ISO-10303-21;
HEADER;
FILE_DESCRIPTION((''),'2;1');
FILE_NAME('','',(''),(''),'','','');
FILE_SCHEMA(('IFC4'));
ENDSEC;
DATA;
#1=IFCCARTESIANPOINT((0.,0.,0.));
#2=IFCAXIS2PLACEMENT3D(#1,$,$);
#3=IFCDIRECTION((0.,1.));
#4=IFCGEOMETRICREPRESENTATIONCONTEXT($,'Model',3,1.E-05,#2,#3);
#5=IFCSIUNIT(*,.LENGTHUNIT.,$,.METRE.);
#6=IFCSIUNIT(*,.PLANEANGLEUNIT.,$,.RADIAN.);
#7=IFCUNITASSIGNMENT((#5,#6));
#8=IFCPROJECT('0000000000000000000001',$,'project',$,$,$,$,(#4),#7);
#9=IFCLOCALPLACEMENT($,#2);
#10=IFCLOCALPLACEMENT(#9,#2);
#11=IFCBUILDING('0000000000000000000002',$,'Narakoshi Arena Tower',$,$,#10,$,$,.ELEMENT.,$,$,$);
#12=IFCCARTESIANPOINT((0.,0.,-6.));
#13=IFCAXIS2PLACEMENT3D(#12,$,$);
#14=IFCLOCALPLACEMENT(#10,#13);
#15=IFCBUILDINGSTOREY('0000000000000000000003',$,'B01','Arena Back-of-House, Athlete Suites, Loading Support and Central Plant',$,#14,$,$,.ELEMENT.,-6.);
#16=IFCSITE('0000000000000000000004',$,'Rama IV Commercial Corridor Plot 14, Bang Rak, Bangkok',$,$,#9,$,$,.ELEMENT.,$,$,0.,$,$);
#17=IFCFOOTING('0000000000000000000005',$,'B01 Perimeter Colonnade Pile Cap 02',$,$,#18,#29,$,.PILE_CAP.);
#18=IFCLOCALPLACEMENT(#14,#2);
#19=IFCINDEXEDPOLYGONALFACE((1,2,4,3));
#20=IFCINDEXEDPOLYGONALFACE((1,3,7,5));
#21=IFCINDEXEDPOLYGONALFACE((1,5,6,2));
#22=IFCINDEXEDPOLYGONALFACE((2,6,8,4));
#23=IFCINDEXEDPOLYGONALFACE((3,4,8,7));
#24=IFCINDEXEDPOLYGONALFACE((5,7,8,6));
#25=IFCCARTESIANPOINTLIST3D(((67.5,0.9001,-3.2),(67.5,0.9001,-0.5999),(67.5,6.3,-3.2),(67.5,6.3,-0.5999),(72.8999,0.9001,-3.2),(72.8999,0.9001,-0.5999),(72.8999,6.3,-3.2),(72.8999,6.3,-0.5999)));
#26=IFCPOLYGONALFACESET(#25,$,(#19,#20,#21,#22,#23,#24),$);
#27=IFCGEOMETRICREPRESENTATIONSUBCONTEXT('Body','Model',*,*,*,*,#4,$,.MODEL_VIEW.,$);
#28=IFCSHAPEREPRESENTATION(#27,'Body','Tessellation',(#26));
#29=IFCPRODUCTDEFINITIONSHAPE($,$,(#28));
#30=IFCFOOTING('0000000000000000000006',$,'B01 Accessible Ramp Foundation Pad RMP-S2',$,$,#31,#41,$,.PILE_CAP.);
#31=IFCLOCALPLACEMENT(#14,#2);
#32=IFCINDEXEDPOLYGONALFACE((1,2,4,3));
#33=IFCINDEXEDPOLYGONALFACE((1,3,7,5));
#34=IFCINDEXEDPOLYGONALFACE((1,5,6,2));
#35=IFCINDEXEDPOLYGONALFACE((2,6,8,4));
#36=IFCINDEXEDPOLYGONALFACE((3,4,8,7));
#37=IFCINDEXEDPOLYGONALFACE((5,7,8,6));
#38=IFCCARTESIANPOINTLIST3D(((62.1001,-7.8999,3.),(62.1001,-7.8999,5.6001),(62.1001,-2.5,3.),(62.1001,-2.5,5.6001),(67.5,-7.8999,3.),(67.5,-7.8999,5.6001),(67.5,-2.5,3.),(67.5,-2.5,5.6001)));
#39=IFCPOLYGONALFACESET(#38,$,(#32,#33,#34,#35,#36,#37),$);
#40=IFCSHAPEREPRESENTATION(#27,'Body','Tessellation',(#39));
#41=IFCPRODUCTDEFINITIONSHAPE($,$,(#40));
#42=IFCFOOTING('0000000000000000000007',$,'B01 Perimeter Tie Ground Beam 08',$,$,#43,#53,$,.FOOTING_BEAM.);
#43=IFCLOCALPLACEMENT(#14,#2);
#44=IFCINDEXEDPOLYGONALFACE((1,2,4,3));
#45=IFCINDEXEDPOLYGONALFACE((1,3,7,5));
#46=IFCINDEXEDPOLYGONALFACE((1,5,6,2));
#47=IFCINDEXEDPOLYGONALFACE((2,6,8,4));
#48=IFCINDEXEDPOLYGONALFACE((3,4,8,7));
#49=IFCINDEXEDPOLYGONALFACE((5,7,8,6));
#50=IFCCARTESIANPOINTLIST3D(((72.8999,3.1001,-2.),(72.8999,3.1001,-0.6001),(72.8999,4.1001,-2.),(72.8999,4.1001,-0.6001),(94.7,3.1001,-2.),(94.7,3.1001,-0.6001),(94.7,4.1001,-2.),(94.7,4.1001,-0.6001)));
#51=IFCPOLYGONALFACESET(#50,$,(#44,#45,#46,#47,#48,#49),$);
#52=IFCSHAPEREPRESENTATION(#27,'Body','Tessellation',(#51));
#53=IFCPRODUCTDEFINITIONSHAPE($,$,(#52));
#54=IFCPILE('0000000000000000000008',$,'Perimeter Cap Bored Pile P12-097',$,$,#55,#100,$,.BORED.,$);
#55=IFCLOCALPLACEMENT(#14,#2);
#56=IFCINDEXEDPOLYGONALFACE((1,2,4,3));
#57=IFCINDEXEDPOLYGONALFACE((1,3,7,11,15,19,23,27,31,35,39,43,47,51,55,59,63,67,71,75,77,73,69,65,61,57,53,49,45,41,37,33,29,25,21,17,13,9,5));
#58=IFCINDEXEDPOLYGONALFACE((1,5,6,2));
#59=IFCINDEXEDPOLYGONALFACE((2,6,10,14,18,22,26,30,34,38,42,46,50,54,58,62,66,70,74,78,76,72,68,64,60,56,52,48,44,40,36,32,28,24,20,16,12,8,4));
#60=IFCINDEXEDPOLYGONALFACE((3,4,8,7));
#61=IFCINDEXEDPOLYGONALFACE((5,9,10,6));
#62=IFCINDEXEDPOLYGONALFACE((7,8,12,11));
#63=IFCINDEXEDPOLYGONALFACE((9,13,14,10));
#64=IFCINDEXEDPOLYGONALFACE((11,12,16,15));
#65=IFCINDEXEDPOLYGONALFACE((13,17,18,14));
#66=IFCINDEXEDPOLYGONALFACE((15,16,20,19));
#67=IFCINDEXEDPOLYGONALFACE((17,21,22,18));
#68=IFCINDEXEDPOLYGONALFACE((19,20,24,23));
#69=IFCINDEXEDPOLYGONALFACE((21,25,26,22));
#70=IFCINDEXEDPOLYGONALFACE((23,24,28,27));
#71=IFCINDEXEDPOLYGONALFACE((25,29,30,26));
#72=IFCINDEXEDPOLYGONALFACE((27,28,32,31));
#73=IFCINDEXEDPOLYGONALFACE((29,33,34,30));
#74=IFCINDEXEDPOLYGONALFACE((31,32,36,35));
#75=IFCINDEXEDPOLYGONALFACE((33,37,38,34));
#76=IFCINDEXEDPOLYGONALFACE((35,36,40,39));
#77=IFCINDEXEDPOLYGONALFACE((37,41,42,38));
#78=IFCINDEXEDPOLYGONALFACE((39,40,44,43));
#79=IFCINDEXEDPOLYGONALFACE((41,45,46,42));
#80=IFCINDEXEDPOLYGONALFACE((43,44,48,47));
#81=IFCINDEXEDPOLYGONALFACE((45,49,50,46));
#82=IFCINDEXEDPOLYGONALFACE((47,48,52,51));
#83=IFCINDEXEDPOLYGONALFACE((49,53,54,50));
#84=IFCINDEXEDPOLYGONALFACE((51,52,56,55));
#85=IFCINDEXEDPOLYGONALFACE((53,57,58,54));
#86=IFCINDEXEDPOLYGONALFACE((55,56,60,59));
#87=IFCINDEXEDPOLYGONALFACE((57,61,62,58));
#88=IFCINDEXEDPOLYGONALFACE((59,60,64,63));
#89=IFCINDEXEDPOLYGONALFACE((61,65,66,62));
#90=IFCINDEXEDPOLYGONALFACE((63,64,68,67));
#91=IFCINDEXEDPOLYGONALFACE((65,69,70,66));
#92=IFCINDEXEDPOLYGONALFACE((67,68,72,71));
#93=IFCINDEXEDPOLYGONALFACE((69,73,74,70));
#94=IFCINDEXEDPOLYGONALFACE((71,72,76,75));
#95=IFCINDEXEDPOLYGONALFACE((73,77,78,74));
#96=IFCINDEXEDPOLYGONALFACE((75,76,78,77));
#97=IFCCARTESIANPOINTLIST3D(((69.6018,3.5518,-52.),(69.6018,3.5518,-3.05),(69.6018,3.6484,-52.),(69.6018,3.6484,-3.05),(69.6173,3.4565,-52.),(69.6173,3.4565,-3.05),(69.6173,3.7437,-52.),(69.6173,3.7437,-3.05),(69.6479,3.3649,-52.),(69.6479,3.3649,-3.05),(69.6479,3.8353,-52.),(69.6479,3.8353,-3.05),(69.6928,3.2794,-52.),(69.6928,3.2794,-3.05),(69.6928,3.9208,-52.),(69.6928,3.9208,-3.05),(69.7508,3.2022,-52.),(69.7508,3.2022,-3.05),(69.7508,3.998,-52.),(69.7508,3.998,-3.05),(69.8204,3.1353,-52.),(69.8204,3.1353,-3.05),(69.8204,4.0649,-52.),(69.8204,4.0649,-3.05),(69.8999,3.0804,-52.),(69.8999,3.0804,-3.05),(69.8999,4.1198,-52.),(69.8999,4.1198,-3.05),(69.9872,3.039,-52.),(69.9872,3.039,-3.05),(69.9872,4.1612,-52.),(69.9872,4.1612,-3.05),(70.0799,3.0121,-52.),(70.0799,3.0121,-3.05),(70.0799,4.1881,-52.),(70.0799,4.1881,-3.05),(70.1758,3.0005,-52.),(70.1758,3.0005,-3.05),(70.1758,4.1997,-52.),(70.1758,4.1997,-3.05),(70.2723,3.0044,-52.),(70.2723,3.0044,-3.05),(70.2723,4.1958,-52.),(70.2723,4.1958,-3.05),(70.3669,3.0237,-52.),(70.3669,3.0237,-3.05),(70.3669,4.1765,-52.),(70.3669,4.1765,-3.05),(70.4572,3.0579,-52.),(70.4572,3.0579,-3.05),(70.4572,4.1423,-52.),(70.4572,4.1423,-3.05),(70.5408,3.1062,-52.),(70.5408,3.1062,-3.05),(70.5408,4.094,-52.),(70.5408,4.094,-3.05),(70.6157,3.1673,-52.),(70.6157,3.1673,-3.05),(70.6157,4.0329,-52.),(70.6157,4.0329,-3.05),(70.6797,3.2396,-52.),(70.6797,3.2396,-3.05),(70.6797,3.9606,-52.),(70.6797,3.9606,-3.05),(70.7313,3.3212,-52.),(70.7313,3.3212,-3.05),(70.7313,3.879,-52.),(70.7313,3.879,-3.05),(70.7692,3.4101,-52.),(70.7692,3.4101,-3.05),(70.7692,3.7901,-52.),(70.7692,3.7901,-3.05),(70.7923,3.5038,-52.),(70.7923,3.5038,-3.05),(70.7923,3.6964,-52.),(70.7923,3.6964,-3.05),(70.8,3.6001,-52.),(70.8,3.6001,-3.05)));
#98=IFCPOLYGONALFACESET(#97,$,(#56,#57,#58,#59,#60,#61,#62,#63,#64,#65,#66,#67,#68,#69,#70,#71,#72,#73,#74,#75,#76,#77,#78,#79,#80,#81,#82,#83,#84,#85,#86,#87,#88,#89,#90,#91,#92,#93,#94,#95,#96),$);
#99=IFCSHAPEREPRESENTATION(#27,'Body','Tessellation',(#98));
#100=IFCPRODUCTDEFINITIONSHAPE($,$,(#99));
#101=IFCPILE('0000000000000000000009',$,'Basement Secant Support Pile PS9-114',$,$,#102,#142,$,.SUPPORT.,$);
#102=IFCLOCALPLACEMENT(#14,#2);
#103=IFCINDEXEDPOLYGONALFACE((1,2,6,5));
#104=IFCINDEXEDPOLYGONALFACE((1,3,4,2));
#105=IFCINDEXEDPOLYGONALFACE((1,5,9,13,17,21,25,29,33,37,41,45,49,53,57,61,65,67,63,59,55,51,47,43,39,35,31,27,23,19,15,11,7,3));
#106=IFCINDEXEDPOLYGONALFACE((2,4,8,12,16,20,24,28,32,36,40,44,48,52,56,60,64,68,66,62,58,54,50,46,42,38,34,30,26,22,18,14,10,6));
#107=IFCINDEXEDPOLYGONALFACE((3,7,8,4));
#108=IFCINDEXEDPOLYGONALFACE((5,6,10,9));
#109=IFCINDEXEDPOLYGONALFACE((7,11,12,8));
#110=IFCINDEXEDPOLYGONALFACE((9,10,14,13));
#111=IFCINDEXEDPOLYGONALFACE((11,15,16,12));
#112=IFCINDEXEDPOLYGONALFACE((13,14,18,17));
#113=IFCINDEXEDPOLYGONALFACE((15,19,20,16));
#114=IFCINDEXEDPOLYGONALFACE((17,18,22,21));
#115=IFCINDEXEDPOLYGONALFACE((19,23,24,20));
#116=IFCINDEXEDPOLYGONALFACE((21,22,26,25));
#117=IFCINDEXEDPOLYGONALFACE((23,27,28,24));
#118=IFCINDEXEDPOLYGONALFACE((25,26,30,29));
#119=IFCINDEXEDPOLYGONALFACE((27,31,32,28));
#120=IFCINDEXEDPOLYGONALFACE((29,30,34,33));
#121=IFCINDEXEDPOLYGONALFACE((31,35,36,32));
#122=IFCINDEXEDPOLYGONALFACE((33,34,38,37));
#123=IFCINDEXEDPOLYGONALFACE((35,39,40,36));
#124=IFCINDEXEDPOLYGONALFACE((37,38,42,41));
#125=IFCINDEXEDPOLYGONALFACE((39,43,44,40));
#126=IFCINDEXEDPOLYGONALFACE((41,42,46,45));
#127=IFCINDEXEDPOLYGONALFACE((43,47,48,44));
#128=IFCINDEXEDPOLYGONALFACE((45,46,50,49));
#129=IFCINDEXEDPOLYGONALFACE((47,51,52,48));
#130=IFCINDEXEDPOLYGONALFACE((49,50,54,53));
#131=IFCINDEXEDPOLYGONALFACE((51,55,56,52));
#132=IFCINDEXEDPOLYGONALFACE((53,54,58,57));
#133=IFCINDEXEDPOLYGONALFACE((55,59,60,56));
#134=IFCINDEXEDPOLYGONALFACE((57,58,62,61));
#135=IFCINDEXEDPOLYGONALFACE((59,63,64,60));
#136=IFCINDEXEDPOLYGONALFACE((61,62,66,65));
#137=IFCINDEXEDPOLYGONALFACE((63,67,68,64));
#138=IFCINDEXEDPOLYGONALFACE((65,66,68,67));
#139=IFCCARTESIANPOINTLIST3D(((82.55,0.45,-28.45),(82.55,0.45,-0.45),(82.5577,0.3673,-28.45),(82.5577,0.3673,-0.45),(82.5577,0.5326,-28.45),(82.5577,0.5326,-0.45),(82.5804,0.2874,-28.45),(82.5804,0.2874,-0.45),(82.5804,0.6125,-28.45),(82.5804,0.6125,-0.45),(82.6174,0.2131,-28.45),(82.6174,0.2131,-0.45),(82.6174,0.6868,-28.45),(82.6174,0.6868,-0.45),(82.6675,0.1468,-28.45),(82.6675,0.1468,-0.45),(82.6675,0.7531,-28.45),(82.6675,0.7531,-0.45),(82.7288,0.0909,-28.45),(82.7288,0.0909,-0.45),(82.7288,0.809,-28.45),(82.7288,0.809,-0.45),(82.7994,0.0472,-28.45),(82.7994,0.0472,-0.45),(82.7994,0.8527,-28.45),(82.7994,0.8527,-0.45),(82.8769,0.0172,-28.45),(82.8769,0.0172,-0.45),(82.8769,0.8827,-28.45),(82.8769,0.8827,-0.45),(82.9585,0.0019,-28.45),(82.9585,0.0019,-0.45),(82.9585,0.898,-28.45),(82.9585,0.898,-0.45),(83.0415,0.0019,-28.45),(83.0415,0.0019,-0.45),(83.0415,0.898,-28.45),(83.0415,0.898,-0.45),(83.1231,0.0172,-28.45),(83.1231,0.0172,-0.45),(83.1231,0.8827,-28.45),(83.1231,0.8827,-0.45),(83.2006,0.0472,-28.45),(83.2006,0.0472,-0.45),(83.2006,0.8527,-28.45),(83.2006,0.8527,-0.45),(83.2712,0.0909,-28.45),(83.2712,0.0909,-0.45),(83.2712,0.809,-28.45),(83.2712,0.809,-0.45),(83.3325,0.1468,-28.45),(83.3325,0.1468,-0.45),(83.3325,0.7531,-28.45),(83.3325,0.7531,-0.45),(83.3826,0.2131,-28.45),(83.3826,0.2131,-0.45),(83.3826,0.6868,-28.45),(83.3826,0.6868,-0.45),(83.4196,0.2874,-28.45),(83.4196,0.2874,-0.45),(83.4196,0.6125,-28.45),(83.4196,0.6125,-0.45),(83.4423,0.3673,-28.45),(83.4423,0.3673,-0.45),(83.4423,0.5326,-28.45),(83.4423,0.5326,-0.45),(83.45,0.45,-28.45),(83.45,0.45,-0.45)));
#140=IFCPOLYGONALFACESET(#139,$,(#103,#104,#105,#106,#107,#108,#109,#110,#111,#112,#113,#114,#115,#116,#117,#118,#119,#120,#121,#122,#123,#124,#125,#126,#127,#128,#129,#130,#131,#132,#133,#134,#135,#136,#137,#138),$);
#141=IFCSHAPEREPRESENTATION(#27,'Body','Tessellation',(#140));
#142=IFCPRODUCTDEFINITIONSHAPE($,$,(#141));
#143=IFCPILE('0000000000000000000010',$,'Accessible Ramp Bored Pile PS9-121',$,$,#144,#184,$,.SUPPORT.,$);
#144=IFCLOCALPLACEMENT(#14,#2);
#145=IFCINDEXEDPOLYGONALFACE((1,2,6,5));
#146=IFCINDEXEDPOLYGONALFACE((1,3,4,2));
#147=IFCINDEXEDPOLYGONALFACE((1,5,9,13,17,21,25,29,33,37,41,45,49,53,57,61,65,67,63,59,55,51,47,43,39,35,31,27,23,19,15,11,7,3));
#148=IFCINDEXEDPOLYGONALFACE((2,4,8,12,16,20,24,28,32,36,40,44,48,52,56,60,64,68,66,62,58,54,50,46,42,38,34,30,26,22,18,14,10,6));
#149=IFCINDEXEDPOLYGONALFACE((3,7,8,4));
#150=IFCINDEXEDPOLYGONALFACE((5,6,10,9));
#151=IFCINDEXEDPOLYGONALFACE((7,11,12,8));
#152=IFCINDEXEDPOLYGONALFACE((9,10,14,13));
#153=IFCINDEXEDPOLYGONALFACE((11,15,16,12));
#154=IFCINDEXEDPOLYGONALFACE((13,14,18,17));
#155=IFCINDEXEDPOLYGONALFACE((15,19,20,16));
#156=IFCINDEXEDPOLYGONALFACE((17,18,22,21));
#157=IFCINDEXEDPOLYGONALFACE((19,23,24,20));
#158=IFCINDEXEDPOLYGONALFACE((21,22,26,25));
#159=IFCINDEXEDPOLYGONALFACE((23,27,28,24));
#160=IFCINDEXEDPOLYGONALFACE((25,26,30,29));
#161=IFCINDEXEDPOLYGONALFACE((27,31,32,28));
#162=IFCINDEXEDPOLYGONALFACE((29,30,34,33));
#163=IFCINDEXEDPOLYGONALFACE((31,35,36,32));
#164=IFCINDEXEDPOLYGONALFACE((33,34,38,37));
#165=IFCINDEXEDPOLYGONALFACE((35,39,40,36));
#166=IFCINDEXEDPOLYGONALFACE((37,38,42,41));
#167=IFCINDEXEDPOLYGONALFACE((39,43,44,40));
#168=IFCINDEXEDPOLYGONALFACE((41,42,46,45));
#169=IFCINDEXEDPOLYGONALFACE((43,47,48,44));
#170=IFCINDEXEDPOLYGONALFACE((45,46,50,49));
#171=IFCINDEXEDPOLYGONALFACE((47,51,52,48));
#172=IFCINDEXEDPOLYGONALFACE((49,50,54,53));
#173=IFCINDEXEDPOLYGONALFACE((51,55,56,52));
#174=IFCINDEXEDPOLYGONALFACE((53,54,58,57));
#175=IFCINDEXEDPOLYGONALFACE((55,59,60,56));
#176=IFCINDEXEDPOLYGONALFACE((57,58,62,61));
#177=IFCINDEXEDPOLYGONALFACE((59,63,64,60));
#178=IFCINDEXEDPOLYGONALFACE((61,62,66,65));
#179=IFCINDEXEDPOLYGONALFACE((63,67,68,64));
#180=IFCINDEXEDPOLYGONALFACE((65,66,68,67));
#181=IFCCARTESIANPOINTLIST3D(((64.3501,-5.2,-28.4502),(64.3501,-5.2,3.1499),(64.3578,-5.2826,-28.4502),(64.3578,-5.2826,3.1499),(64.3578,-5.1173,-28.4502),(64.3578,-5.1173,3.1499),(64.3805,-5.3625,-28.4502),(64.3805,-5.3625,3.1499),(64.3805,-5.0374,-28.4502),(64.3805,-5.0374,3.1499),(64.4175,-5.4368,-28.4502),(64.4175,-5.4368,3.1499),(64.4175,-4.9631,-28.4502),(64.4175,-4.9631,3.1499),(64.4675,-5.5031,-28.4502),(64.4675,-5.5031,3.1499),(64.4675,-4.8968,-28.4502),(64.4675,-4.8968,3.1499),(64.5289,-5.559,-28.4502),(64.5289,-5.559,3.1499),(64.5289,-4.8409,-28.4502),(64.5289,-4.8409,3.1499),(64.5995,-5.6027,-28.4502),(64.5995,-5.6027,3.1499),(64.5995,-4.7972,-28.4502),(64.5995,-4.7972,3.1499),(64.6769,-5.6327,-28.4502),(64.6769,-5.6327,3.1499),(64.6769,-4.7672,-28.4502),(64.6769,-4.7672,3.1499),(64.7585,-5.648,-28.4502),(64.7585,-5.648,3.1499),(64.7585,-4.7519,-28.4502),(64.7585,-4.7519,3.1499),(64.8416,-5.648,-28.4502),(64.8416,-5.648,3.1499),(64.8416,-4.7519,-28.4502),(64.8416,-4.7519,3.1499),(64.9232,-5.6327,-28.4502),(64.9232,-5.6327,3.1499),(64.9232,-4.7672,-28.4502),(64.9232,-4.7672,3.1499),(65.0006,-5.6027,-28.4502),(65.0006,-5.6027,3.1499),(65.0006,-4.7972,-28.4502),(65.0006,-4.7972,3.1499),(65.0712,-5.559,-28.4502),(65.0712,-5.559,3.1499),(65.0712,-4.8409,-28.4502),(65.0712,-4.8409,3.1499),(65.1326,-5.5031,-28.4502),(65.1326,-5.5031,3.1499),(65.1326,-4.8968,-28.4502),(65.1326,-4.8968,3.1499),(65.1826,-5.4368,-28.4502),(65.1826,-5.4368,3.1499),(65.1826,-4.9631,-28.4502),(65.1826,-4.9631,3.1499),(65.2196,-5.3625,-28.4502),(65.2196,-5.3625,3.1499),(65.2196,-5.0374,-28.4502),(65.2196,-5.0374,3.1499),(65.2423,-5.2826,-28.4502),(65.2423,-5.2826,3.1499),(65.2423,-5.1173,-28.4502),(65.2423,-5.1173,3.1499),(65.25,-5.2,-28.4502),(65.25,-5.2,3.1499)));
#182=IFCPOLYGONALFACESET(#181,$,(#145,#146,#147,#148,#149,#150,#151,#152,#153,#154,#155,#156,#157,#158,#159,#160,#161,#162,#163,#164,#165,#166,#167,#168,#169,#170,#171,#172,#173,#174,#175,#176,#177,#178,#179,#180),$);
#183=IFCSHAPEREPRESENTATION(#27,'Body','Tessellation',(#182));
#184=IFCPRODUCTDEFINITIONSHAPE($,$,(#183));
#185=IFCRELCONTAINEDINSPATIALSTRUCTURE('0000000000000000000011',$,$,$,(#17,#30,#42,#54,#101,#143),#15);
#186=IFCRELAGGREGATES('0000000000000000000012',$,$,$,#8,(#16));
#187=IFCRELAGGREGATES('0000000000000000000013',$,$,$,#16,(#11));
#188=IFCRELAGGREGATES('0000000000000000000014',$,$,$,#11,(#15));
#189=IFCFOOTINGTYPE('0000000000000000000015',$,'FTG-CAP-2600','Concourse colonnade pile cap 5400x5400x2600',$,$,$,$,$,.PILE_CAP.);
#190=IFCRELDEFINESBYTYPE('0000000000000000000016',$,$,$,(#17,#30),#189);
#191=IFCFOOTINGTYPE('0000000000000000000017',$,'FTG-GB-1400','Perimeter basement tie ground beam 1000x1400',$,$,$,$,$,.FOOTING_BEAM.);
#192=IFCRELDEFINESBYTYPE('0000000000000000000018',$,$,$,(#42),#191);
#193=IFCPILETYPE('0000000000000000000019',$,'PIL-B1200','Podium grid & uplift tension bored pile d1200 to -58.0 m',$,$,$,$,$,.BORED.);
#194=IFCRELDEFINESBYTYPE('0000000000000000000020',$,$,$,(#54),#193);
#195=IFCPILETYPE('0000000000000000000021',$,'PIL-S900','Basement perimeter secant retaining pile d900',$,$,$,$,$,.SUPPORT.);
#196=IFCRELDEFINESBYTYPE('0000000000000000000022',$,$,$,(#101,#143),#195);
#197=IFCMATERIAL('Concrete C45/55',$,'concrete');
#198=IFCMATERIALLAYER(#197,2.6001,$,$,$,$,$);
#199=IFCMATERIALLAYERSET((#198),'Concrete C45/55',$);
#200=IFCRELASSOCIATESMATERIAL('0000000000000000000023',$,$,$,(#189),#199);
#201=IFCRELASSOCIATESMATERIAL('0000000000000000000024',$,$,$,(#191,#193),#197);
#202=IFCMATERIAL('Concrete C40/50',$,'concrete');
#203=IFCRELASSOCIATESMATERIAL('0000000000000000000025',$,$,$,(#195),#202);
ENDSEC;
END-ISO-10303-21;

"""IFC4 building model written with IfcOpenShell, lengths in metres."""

from ifc_helpers import new_model, si_unit, direction, frame, origin, origin_2d, place, context, subcontext, project, spatial, rectangle, circle, extrude, material, layer, layer_set, material_profile, profile_set, type_object, element, save


model = new_model("IFC4")

# Units and contexts
model_context = context("Model", 3, precision=1e-05, world=origin(), true_north=direction((0.0, 1.0)))
body_context = subcontext(model_context, "Body", "Model", "MODEL_VIEW")
ifc_project = project(units=[si_unit("LENGTHUNIT", "METRE"), si_unit("PLANEANGLEUNIT", "RADIAN")], contexts=[model_context])

# Site, building, storey
site_placement = place(None, origin())
site = spatial("IfcSite", under=ifc_project, at=site_placement, Name="Rama IV Commercial Corridor Plot 14, Bang Rak, Bangkok", CompositionType="ELEMENT", RefElevation=0.0)
building_placement = place(site_placement, origin())
building = spatial("IfcBuilding", under=site, at=building_placement, Name="Narakoshi Arena Tower", CompositionType="ELEMENT")
storey_placement = place(building_placement, frame((0.0, 0.0, -6.0)))
storey = spatial("IfcBuildingStorey", under=building, at=storey_placement, Name="B01", Description="Arena Back-of-House, Athlete Suites, Loading Support and Central Plant", CompositionType="ELEMENT", Elevation=-6.0)

# Footings
ifc_material_1 = material(Name="Concrete C45/55", Category="concrete")
ifc_layer_1 = layer(ifc_material_1, 2.6001)
ifc_layer_set_1 = layer_set([ifc_layer_1], Name="Concrete C45/55")
footing_type_1 = type_object("IfcFootingType", Name="FTG-CAP-2600", Description="Concourse colonnade pile cap 5400x5400x2600", PredefinedType="PILE_CAP", material=ifc_layer_set_1)
for number, where, z_axis, x_axis, name in (
    (1, (70.2, 3.6001, -3.2), (0.0, 0.0, 1.0), (1.0, 0.0, 0.0), "B01 Perimeter Colonnade Pile Cap 02"),
    (2, (64.8, -5.2, 3.0), (0.0, 0.0, 1.0), (1.0, 0.0, 0.0), "B01 Accessible Ramp Foundation Pad RMP-S2"),
):
    element("IfcFooting", number, at=place(storey_placement, frame(where, z_axis=z_axis, x_axis=x_axis)), inside=storey, type_object=footing_type_1, Name=name, PredefinedType="PILE_CAP", context=body_context, shape_type="SweptSolid", body=[
        extrude(rectangle(XDim=5.3999, YDim=5.3999, at=origin_2d()), origin(), (0.0, 0.0, 1.0), 2.6001),
    ])
ifc_material_profile_1 = material_profile(ifc_material_1, rectangle(XDim=1.0, YDim=1.3999, at=origin_2d()), Name="RGB1000x1400")
ifc_profile_set_1 = profile_set([ifc_material_profile_1], Name="Concrete C45/55")
footing_type_2 = type_object("IfcFootingType", Name="FTG-GB-1400", Description="Perimeter basement tie ground beam 1000x1400", PredefinedType="FOOTING_BEAM", material=ifc_profile_set_1)
footing_placement = place(storey_placement, frame((72.8999, 3.6001, -1.3), z_axis=(1.0, 0.0, 0.0), x_axis=(0.0, 1.0, 0.0)))
element("IfcFooting", 3, at=footing_placement, inside=storey, type_object=footing_type_2, Name="B01 Perimeter Tie Ground Beam 08", PredefinedType="FOOTING_BEAM", context=body_context, shape_type="SweptSolid", body=[
    extrude(rectangle(XDim=1.0, YDim=1.3999, at=origin_2d()), origin(), (0.0, 0.0, 1.0), 21.8),
])

# Piles
ifc_material_profile_2 = material_profile(ifc_material_1, circle(Radius=0.6001, at=origin_2d()), Name="PILE-D1200")
ifc_profile_set_2 = profile_set([ifc_material_profile_2], Name="Concrete C45/55")
pile_type_1 = type_object("IfcPileType", Name="PIL-B1200", Description="Podium grid & uplift tension bored pile d1200 to -58.0 m", PredefinedType="BORED", material=ifc_profile_set_2)
pile_1_placement = place(storey_placement, frame((70.2, 3.6001, -3.05), z_axis=(0.0, 0.0, -1.0), x_axis=(1.0, 0.0, 0.0)))
element("IfcPile", 4, at=pile_1_placement, inside=storey, type_object=pile_type_1, Name="Perimeter Cap Bored Pile P12-097", PredefinedType="BORED", context=body_context, shape_type="SweptSolid", body=[
    extrude(circle(Radius=0.6001, at=origin_2d()), origin(), (0.0, 0.0, 1.0), 48.95),
])
ifc_material_2 = material(Name="Concrete C40/50", Category="concrete")
ifc_material_profile_3 = material_profile(ifc_material_2, circle(Radius=0.45, at=origin_2d()), Name="PILE-D900")
ifc_profile_set_3 = profile_set([ifc_material_profile_3], Name="Concrete C40/50")
pile_type_2 = type_object("IfcPileType", Name="PIL-S900", Description="Basement perimeter secant retaining pile d900", PredefinedType="SUPPORT", material=ifc_profile_set_3)
pile_2_placement = place(storey_placement, frame((83.0, 0.45, -0.45), z_axis=(0.0, 0.0, -1.0), x_axis=(1.0, 0.0, 0.0)))
element("IfcPile", 5, at=pile_2_placement, inside=storey, type_object=pile_type_2, Name="Basement Secant Support Pile PS9-114", PredefinedType="SUPPORT", context=body_context, shape_type="SweptSolid", body=[
    extrude(circle(Radius=0.45, at=origin_2d()), origin(), (0.0, 0.0, 1.0), 28.0),
])
pile_3_placement = place(storey_placement, frame((64.8, -5.2, 3.1499), z_axis=(0.0, 0.0, -1.0), x_axis=(1.0, 0.0, 0.0)))
element("IfcPile", 6, at=pile_3_placement, inside=storey, type_object=pile_type_2, Name="Accessible Ramp Bored Pile PS9-121", PredefinedType="SUPPORT", context=body_context, shape_type="SweptSolid", body=[
    extrude(circle(Radius=0.45, at=origin_2d()), origin(), (0.0, 0.0, 1.0), 31.6001),
])

save(model, "model.ifc")
